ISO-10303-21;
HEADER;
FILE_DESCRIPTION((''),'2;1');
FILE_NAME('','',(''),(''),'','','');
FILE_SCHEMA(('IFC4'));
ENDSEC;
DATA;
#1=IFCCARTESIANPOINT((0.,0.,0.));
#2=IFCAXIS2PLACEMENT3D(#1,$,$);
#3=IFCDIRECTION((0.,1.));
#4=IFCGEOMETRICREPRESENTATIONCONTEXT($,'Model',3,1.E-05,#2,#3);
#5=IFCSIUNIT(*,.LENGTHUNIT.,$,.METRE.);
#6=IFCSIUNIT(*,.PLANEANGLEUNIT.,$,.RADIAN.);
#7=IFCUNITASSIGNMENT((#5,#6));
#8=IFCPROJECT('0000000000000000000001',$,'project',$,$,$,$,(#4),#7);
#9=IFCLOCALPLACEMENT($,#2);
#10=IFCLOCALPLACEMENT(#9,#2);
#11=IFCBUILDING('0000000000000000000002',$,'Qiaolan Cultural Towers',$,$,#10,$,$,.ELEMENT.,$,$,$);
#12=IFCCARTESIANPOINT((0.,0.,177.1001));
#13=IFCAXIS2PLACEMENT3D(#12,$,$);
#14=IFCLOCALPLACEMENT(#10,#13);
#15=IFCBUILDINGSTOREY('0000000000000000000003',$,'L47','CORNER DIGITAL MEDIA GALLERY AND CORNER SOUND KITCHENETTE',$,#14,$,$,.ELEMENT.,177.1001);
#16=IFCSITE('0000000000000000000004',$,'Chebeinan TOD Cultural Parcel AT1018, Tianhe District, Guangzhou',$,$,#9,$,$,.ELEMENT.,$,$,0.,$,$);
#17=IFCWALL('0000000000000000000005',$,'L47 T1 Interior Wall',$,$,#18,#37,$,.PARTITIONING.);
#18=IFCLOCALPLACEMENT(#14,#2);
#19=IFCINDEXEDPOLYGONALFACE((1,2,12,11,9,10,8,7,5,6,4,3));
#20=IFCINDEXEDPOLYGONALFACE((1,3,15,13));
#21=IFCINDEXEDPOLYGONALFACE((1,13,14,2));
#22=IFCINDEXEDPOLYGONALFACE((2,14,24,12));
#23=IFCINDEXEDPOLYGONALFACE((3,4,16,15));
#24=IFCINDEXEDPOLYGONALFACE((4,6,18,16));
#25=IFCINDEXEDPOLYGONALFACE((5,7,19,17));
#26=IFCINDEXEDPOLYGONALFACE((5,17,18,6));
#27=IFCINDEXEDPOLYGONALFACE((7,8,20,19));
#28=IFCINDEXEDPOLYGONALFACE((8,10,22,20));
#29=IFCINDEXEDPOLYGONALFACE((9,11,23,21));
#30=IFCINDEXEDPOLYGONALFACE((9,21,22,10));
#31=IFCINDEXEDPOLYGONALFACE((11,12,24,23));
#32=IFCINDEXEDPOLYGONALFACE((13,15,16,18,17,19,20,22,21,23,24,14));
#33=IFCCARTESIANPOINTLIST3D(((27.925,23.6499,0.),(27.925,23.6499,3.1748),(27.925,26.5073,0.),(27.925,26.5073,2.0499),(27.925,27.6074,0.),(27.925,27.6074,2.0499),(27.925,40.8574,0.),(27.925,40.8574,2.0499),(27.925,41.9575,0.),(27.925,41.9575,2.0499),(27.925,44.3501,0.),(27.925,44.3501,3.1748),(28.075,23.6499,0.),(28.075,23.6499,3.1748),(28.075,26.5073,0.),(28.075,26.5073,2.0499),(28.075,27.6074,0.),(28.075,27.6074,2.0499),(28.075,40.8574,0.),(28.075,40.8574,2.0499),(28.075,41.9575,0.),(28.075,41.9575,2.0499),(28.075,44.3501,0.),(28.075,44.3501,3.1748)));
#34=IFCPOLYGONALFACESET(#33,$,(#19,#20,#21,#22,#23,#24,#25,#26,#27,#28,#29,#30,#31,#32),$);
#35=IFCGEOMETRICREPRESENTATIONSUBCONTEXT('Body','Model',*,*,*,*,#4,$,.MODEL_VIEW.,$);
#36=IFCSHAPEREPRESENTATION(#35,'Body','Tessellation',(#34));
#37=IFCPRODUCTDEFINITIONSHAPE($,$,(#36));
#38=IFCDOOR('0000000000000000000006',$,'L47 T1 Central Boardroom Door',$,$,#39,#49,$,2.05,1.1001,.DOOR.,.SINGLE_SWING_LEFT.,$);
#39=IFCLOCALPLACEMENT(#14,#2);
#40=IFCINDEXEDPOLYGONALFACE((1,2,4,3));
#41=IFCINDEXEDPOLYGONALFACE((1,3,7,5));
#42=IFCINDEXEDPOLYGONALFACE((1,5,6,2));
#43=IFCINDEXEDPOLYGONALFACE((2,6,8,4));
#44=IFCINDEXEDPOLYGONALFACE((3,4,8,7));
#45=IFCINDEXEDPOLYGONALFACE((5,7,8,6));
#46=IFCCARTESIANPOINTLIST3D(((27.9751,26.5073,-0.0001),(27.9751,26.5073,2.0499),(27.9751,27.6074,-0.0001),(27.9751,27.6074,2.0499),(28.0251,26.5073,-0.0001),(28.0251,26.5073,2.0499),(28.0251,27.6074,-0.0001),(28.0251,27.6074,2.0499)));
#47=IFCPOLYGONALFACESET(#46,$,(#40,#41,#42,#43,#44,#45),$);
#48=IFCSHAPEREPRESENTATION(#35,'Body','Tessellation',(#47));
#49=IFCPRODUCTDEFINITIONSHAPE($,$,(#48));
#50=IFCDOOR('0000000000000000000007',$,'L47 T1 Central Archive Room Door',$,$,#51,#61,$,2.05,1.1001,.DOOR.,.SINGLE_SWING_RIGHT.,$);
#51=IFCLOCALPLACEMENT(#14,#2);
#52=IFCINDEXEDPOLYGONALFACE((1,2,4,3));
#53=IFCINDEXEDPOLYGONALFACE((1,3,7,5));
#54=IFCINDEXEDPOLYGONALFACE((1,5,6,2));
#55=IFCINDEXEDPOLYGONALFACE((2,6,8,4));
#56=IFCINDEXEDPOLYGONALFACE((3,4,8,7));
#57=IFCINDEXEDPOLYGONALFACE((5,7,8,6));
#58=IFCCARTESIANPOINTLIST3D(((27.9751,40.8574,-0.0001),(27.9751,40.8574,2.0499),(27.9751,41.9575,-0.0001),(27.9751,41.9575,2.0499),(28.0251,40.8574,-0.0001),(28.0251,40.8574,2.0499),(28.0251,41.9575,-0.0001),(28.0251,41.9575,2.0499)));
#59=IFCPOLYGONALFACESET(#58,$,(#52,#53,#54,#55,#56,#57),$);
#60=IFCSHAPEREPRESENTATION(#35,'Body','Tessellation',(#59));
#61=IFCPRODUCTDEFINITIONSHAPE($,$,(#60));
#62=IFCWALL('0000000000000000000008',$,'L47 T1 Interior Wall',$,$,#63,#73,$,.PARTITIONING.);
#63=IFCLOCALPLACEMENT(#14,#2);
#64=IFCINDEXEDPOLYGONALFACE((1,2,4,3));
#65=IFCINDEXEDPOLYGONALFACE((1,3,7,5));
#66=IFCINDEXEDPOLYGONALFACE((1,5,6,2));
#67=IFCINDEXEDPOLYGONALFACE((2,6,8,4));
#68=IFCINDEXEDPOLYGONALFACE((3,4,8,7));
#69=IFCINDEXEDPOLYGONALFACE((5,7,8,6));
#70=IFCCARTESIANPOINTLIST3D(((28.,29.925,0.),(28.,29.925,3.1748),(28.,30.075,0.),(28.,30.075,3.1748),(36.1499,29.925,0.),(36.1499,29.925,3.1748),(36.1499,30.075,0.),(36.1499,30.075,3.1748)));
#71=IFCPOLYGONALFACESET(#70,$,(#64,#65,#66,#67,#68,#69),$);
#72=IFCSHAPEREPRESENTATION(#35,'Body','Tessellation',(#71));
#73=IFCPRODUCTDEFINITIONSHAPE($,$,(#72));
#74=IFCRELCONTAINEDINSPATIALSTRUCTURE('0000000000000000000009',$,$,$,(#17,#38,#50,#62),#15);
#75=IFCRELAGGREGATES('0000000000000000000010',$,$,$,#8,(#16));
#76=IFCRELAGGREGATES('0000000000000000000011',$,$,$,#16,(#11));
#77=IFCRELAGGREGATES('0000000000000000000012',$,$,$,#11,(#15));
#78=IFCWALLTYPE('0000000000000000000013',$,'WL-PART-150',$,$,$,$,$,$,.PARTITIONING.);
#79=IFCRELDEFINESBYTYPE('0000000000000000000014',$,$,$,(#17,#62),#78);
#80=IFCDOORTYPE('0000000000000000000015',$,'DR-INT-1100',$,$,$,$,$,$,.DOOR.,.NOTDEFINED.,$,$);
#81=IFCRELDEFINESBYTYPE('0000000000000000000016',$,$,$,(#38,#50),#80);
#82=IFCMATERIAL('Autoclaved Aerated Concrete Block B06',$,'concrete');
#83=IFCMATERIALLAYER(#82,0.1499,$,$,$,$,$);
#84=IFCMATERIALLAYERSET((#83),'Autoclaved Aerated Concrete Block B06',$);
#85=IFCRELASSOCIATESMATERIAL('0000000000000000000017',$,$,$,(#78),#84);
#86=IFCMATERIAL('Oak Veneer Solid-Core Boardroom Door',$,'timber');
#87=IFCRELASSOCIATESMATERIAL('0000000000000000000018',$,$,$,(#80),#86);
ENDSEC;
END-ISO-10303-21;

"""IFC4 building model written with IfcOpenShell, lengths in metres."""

from ifc_helpers import new_model, si_unit, direction, frame, frame_2d, origin, place, context, subcontext, project, spatial, rectangle, extrude, material, layer, layer_set, type_object, element, fill, save


model = new_model("IFC4")

# Units and contexts
model_context = context("Model", 3, precision=1e-05, world=origin(), true_north=direction((0.0, 1.0)))
body_context = subcontext(model_context, "Body", "Model", "MODEL_VIEW")
ifc_project = project(units=[si_unit("LENGTHUNIT", "METRE"), si_unit("PLANEANGLEUNIT", "RADIAN")], contexts=[model_context])

# Site, building, storey
site_placement = place(None, origin())
site = spatial("IfcSite", under=ifc_project, at=site_placement, Name="Chebeinan TOD Cultural Parcel AT1018, Tianhe District, Guangzhou", CompositionType="ELEMENT", RefElevation=0.0)
building_placement = place(site_placement, origin())
building = spatial("IfcBuilding", under=site, at=building_placement, Name="Qiaolan Cultural Towers", CompositionType="ELEMENT")
storey_placement = place(building_placement, frame((0.0, 0.0, 177.1001)))
storey = spatial("IfcBuildingStorey", under=building, at=storey_placement, Name="L47", Description="CORNER DIGITAL MEDIA GALLERY AND CORNER SOUND KITCHENETTE", CompositionType="ELEMENT", Elevation=177.1001)

# Shared definitions
ifc_material_1 = material(Name="Autoclaved Aerated Concrete Block B06", Category="concrete")
ifc_layer_1 = layer(ifc_material_1, 0.1499)
ifc_layer_set_1 = layer_set([ifc_layer_1], Name="Autoclaved Aerated Concrete Block B06")
wall_type_1 = type_object("IfcWallType", Name="WL-PART-150", PredefinedType="PARTITIONING", material=ifc_layer_set_1)

# Wall, openings, doors
wall_1_placement = place(storey_placement, frame((28.0, 23.6499, 0.0), z_axis=(0.0, 0.0, 1.0), x_axis=(0.0, 1.0, 0.0)))
wall_1 = element("IfcWall", 1, at=wall_1_placement, inside=storey, type_object=wall_type_1, Name="L47 T1 Interior Wall", PredefinedType="PARTITIONING", context=body_context, shape_type="SweptSolid", body=[
    extrude(rectangle(XDim=20.7002, YDim=0.1499, at=frame_2d((10.3501, 0.0))), origin(), (0.0, 0.0, 1.0), 3.1748),
])
opening_1_placement = place(wall_1_placement, frame((2.8574, 0.0, 0.0)))
opening_1 = element("IfcOpeningElement", 2, at=opening_1_placement, cuts=wall_1, PredefinedType="OPENING", context=body_context, shape_type="SweptSolid", body=[
    extrude(rectangle(XDim=1.1001, YDim=2.05, at=frame_2d((0.55, 1.0249))), frame((0.0, 0.085, 0.0), z_axis=(0.0, -1.0, 0.0), x_axis=(1.0, 0.0, 0.0)), (0.0, 0.0, 1.0), 0.1699),
])
opening_2_placement = place(wall_1_placement, frame((17.2075, 0.0, 0.0)))
opening_2 = element("IfcOpeningElement", 3, at=opening_2_placement, cuts=wall_1, PredefinedType="OPENING", context=body_context, shape_type="SweptSolid", body=[
    extrude(rectangle(XDim=1.1001, YDim=2.05, at=frame_2d((0.55, 1.0249))), frame((0.0, 0.085, 0.0), z_axis=(0.0, -1.0, 0.0), x_axis=(1.0, 0.0, 0.0)), (0.0, 0.0, 1.0), 0.1699),
])
ifc_material_2 = material(Name="Oak Veneer Solid-Core Boardroom Door", Category="timber")
door_type_1 = type_object("IfcDoorType", Name="DR-INT-1100", OperationType="NOTDEFINED", PredefinedType="DOOR", material=ifc_material_2)
door_1_placement = place(opening_1_placement, origin())
door_1 = element("IfcDoor", 4, at=door_1_placement, inside=storey, type_object=door_type_1, Name="L47 T1 Central Boardroom Door", OperationType="SINGLE_SWING_LEFT", OverallHeight=2.05, OverallWidth=1.1001, PredefinedType="DOOR", context=body_context, shape_type="SweptSolid", body=[
    extrude(rectangle(XDim=1.1001, YDim=2.05, at=frame_2d((0.55, 1.0249))), frame((0.0, 0.0249, 0.0), z_axis=(0.0, -1.0, 0.0), x_axis=(1.0, 0.0, 0.0)), (0.0, 0.0, 1.0), 0.05),
])
fill(opening_1, door_1)
door_2_placement = place(opening_2_placement, origin())
door_2 = element("IfcDoor", 5, at=door_2_placement, inside=storey, type_object=door_type_1, Name="L47 T1 Central Archive Room Door", OperationType="SINGLE_SWING_RIGHT", OverallHeight=2.05, OverallWidth=1.1001, PredefinedType="DOOR", context=body_context, shape_type="SweptSolid", body=[
    extrude(rectangle(XDim=1.1001, YDim=2.05, at=frame_2d((0.55, 1.0249))), frame((0.0, 0.0249, 0.0), z_axis=(0.0, -1.0, 0.0), x_axis=(1.0, 0.0, 0.0)), (0.0, 0.0, 1.0), 0.05),
])
fill(opening_2, door_2)

# Wall
wall_2_placement = place(storey_placement, frame((28.0, 30.0, 0.0), z_axis=(0.0, 0.0, 1.0), x_axis=(1.0, 0.0, 0.0)))
element("IfcWall", 6, at=wall_2_placement, inside=storey, type_object=wall_type_1, Name="L47 T1 Interior Wall", PredefinedType="PARTITIONING", context=body_context, shape_type="SweptSolid", body=[
    extrude(rectangle(XDim=8.1499, YDim=0.1499, at=frame_2d((4.075, 0.0))), origin(), (0.0, 0.0, 1.0), 3.1748),
])

save(model, "model.ifc")
